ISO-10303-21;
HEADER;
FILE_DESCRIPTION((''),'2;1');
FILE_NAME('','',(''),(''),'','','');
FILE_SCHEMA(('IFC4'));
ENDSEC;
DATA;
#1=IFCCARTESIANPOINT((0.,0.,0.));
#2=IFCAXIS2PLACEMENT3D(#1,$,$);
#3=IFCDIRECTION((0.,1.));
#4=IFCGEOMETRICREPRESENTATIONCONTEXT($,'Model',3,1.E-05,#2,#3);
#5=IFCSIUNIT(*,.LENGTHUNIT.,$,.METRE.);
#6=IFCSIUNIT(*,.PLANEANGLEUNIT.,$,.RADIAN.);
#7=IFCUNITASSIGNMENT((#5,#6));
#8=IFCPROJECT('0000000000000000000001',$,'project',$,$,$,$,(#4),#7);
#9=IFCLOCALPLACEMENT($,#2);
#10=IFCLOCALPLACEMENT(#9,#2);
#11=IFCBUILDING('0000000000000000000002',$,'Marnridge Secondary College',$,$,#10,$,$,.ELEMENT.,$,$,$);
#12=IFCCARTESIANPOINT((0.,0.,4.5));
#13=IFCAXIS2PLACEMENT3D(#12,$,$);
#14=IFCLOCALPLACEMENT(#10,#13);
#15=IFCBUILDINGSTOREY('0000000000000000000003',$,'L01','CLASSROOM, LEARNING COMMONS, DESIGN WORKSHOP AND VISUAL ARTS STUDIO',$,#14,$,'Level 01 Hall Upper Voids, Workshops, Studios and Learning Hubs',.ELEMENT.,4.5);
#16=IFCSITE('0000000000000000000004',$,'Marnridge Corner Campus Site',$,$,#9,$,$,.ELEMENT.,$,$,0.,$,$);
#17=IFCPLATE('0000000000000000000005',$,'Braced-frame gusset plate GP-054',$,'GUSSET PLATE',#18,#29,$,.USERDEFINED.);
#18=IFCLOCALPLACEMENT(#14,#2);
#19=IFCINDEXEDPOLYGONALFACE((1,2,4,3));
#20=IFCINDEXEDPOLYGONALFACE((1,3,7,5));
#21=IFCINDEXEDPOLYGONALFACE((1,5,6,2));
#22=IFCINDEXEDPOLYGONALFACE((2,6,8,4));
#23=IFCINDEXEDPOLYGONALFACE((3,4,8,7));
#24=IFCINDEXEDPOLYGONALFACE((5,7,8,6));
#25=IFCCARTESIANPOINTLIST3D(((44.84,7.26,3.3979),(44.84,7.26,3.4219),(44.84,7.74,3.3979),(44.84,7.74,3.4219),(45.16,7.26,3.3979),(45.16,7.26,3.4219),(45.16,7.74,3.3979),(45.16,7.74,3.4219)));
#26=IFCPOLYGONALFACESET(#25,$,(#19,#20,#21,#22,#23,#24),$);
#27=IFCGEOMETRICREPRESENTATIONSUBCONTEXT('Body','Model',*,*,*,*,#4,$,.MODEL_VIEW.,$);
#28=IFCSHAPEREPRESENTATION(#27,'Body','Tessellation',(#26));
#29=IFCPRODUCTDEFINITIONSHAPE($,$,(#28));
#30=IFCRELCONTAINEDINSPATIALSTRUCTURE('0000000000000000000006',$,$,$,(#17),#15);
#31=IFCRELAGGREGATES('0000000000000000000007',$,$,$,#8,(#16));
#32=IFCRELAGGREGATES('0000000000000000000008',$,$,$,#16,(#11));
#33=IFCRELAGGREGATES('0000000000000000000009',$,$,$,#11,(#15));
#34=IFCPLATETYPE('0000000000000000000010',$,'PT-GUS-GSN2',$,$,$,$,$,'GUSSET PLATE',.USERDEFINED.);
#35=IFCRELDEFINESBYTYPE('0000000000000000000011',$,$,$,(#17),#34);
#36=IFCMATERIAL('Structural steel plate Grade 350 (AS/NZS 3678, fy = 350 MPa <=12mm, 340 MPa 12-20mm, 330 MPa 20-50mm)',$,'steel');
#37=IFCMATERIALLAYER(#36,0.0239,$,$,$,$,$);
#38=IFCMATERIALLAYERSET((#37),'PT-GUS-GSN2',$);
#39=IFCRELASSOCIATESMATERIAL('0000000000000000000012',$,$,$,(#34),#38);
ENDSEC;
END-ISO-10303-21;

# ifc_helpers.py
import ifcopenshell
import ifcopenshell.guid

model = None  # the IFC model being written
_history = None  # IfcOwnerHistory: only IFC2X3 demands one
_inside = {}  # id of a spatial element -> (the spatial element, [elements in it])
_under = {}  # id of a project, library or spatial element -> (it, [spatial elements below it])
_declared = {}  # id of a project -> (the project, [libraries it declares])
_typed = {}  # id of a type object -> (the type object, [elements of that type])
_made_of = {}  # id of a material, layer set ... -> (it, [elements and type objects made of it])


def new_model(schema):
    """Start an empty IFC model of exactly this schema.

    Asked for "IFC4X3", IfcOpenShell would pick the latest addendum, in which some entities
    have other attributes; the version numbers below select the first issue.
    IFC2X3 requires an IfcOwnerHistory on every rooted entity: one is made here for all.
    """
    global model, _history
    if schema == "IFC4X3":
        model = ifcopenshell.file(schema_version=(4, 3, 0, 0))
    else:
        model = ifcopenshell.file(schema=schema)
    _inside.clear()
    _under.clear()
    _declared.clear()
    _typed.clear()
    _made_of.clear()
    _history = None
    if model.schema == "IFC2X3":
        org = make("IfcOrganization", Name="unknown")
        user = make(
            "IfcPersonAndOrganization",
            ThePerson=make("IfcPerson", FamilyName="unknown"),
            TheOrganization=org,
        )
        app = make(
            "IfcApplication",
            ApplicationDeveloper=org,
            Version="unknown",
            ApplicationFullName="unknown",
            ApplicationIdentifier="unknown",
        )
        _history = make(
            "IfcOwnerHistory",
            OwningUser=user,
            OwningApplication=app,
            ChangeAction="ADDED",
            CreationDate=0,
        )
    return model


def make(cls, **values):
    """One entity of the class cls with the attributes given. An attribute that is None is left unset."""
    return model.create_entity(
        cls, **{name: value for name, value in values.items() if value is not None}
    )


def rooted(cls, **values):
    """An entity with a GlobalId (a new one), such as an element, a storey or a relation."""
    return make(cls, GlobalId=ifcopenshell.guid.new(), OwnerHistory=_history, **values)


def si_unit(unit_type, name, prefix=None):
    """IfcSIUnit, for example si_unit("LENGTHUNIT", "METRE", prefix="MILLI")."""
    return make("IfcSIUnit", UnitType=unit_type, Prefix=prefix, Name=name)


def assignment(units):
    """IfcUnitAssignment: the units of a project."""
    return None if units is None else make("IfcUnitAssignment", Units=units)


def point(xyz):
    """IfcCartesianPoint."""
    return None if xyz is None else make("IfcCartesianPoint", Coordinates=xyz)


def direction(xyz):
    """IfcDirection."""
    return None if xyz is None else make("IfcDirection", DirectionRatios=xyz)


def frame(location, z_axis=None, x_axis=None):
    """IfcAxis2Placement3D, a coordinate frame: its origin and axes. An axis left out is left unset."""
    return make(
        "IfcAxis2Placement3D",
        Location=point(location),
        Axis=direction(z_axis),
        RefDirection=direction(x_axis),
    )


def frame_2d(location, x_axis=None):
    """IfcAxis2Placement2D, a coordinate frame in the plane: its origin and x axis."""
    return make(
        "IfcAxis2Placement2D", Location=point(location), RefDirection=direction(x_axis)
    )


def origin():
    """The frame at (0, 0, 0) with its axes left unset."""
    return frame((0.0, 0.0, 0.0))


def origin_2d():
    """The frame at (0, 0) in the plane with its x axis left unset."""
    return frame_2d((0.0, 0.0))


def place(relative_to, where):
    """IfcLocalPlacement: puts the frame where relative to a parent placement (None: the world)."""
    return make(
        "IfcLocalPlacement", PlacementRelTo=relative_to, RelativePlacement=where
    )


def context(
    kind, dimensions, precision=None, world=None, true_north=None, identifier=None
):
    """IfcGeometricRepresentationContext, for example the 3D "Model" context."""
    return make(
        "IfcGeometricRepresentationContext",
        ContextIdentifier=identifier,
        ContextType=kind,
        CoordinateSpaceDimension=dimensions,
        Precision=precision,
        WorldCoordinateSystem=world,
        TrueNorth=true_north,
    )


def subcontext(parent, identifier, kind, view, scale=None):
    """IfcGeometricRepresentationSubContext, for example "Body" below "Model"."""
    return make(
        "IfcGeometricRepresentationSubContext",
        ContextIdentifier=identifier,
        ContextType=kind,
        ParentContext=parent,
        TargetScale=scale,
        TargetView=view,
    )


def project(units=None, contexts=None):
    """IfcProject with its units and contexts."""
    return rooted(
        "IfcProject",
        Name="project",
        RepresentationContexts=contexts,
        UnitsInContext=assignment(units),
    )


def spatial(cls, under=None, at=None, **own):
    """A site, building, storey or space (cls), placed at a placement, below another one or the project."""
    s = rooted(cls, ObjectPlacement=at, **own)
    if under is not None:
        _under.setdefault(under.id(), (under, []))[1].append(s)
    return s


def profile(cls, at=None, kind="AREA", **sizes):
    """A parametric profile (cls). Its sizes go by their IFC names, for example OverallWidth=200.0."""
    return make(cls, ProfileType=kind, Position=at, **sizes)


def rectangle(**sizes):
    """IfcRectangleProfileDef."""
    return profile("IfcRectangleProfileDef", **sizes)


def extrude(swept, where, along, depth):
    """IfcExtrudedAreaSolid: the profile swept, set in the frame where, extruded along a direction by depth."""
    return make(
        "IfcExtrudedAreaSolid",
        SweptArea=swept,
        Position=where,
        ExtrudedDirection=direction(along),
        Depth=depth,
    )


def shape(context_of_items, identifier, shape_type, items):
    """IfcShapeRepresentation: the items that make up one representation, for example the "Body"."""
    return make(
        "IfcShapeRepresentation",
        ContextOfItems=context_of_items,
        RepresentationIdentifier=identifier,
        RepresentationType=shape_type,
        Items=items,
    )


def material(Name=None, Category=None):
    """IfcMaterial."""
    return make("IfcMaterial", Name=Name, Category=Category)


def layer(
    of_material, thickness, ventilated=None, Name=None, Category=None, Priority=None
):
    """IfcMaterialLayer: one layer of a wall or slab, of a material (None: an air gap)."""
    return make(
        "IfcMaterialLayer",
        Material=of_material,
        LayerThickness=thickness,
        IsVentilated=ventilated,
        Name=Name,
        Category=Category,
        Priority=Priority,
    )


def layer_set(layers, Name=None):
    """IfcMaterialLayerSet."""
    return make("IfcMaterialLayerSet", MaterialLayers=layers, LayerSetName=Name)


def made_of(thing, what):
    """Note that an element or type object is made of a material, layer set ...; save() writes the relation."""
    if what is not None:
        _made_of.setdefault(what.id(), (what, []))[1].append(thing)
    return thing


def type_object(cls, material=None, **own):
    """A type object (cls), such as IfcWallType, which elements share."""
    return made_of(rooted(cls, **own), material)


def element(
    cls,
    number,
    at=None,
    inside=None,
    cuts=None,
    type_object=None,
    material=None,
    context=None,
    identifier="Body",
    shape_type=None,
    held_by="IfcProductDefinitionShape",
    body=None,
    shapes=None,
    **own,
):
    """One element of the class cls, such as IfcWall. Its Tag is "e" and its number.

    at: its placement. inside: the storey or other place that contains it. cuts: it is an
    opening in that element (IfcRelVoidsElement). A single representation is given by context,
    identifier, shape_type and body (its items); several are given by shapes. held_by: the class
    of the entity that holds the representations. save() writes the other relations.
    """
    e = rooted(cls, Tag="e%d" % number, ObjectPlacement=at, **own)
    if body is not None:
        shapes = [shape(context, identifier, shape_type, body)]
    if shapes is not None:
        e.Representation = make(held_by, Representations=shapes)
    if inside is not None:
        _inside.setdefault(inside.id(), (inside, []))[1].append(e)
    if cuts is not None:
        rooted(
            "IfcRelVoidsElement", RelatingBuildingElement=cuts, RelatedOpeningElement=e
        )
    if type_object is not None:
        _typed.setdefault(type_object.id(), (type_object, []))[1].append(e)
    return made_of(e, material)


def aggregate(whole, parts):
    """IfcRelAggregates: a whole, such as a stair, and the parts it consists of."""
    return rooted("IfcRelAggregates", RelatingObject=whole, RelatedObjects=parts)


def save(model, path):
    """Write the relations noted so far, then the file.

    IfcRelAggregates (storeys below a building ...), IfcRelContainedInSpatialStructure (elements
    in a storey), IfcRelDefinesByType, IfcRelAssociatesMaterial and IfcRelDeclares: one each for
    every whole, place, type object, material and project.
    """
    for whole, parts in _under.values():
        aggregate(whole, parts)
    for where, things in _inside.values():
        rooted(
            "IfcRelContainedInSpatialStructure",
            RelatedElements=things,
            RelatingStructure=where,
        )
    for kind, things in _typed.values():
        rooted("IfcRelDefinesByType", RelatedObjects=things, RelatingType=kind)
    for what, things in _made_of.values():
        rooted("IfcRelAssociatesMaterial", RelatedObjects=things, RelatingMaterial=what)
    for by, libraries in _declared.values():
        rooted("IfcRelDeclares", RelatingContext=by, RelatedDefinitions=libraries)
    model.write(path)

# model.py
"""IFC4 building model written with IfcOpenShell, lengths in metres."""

from ifc_helpers import new_model, si_unit, direction, frame, origin, origin_2d, place, context, subcontext, project, spatial, rectangle, extrude, material, layer, layer_set, type_object, element, save


model = new_model("IFC4")

# Units and contexts
model_context = context("Model", 3, precision=1e-05, world=origin(), true_north=direction((0.0, 1.0)))
body_context = subcontext(model_context, "Body", "Model", "MODEL_VIEW")
ifc_project = project(units=[si_unit("LENGTHUNIT", "METRE"), si_unit("PLANEANGLEUNIT", "RADIAN")], contexts=[model_context])

# Site, building, storey
site_placement = place(None, origin())
site = spatial("IfcSite", under=ifc_project, at=site_placement, Name="Marnridge Corner Campus Site", CompositionType="ELEMENT", RefElevation=0.0)
building_placement = place(site_placement, origin())
building = spatial("IfcBuilding", under=site, at=building_placement, Name="Marnridge Secondary College", CompositionType="ELEMENT")
storey_placement = place(building_placement, frame((0.0, 0.0, 4.5)))
storey = spatial("IfcBuildingStorey", under=building, at=storey_placement, Name="L01", Description="CLASSROOM, LEARNING COMMONS, DESIGN WORKSHOP AND VISUAL ARTS STUDIO", LongName="Level 01 Hall Upper Voids, Workshops, Studios and Learning Hubs", CompositionType="ELEMENT", Elevation=4.5)

# Plate
ifc_material_1 = material(Name="Structural steel plate Grade 350 (AS/NZS 3678, fy = 350 MPa <=12mm, 340 MPa 12-20mm, 330 MPa 20-50mm)", Category="steel")
ifc_layer_1 = layer(ifc_material_1, 0.0239)
ifc_layer_set_1 = layer_set([ifc_layer_1], Name="PT-GUS-GSN2")
plate_type_1 = type_object("IfcPlateType", Name="PT-GUS-GSN2", ElementType="GUSSET PLATE", PredefinedType="USERDEFINED", material=ifc_layer_set_1)
plate_1_placement = place(storey_placement, frame((45.0, 7.5, 3.3979), z_axis=(0.0, 0.0, 1.0), x_axis=(0.0, 1.0, 0.0)))
element("IfcPlate", 1, at=plate_1_placement, inside=storey, type_object=plate_type_1, Name="Braced-frame gusset plate GP-054", ObjectType="GUSSET PLATE", PredefinedType="USERDEFINED", context=body_context, shape_type="SweptSolid", body=[
    extrude(rectangle(XDim=0.48, YDim=0.3201, at=origin_2d()), origin(), (0.0, 0.0, 1.0), 0.0239),
])

save(model, "model.ifc")
